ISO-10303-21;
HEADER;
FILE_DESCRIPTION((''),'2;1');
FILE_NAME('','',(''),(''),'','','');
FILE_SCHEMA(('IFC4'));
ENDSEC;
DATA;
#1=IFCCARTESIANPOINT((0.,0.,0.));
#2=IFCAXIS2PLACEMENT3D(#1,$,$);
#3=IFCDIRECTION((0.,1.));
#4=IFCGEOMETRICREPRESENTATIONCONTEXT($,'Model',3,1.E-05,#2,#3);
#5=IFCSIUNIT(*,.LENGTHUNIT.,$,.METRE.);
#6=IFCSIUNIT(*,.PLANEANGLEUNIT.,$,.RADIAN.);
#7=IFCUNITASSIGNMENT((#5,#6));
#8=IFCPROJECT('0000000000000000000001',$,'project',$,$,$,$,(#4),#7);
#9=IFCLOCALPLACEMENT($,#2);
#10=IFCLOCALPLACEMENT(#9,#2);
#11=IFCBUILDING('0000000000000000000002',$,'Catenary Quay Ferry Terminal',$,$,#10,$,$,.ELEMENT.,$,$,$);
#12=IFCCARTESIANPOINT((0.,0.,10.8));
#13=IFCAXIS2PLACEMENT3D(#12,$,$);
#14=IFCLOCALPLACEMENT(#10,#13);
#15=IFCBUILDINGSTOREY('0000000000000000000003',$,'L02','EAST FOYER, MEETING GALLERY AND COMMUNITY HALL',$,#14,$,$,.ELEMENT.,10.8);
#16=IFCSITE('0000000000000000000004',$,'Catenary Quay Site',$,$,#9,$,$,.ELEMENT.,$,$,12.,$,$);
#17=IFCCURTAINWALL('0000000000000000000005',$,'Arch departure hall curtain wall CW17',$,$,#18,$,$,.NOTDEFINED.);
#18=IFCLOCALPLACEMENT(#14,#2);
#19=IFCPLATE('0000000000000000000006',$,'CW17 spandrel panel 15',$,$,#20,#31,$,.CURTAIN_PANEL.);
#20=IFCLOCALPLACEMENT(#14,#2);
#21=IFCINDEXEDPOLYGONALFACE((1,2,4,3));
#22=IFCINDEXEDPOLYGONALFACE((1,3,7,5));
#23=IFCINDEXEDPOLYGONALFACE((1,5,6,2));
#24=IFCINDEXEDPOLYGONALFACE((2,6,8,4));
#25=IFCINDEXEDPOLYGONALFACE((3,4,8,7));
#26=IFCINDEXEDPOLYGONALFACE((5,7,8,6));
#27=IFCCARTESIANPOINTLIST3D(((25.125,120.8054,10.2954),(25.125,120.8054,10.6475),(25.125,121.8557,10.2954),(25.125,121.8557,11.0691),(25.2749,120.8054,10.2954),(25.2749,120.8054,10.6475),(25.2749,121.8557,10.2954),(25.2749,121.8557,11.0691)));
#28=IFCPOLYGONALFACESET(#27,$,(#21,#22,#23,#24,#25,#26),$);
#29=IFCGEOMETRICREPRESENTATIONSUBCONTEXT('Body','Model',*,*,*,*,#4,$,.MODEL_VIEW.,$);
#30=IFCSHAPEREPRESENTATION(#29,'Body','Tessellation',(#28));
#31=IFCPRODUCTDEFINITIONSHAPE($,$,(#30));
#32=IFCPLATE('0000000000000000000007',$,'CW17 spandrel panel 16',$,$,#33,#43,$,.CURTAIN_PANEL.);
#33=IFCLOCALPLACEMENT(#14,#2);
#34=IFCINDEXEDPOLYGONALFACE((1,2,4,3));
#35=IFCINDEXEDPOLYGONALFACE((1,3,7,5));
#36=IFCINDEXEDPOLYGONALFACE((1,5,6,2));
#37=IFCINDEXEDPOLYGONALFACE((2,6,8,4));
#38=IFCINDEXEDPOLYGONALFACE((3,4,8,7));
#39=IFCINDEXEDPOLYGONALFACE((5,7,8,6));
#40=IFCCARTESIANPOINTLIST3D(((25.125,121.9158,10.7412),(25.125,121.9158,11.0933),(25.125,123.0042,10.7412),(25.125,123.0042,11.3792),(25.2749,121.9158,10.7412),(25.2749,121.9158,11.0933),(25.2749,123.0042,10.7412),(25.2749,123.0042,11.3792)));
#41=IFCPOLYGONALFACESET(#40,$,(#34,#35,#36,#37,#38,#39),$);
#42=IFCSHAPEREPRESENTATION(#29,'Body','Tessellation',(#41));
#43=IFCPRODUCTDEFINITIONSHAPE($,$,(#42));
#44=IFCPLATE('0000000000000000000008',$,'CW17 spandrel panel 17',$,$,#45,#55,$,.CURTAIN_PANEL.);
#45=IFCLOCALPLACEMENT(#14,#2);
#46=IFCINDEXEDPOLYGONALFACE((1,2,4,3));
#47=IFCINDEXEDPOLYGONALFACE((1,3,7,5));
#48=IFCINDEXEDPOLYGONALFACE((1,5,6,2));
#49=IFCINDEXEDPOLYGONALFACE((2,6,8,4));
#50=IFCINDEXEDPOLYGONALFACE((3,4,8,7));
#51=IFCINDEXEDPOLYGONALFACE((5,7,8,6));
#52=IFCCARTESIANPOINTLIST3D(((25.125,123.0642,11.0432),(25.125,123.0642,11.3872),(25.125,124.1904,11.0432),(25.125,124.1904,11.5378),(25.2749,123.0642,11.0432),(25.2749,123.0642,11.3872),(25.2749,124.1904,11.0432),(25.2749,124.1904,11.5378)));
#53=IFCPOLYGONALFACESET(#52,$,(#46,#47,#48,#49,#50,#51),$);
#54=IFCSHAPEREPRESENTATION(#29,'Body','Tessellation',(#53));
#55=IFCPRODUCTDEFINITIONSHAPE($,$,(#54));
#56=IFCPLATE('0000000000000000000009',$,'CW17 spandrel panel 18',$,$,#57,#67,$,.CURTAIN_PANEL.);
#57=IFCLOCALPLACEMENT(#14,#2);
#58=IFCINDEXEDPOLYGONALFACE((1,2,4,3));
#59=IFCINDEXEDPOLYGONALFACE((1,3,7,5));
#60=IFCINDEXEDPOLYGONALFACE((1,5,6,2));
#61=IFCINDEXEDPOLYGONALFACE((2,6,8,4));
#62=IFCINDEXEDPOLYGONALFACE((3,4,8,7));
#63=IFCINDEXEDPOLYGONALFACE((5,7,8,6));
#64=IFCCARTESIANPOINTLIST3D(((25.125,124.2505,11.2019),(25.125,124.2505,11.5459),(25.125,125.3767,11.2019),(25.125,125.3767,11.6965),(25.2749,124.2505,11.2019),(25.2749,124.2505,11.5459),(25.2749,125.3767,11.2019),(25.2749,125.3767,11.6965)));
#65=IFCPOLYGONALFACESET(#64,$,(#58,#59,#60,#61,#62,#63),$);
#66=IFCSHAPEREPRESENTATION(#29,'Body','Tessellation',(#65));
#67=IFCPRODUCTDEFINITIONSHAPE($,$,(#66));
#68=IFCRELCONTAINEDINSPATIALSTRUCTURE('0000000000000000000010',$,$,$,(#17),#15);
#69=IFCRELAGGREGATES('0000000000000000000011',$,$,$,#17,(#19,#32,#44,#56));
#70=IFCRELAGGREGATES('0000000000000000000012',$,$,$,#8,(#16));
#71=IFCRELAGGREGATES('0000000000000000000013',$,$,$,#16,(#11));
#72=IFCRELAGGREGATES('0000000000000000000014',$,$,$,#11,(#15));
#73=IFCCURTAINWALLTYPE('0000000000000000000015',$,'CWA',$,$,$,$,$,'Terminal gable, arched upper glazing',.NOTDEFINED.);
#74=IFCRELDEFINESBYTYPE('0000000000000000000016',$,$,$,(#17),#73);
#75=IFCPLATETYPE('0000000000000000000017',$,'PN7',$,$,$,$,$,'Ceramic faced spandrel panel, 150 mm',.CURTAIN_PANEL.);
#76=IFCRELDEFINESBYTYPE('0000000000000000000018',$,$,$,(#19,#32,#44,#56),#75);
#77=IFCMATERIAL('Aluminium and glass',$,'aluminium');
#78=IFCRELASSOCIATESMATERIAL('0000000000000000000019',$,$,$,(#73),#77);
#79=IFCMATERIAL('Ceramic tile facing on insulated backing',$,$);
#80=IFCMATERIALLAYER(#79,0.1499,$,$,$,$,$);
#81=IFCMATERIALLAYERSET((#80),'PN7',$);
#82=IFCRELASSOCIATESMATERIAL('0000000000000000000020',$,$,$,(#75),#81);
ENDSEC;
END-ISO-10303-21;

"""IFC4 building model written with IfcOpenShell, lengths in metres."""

from ifc_helpers import new_model, si_unit, direction, frame, origin, place, context, subcontext, project, spatial, polyline, outline, extrude, material, layer, layer_set, type_object, element, aggregate, save


model = new_model("IFC4")

# Units and contexts
model_context = context("Model", 3, precision=1e-05, world=origin(), true_north=direction((0.0, 1.0)))
body_context = subcontext(model_context, "Body", "Model", "MODEL_VIEW")
ifc_project = project(units=[si_unit("LENGTHUNIT", "METRE"), si_unit("PLANEANGLEUNIT", "RADIAN")], contexts=[model_context])

# Site, building, storey
site_placement = place(None, origin())
site = spatial("IfcSite", under=ifc_project, at=site_placement, Name="Catenary Quay Site", CompositionType="ELEMENT", RefElevation=12.0)
building_placement = place(site_placement, origin())
building = spatial("IfcBuilding", under=site, at=building_placement, Name="Catenary Quay Ferry Terminal", CompositionType="ELEMENT")
storey_placement = place(building_placement, frame((0.0, 0.0, 10.8)))
storey = spatial("IfcBuildingStorey", under=building, at=storey_placement, Name="L02", Description="EAST FOYER, MEETING GALLERY AND COMMUNITY HALL", CompositionType="ELEMENT", Elevation=10.8)

# Curtain wall, plates
ifc_material_1 = material(Name="Aluminium and glass", Category="aluminium")
curtain_wall_type = type_object("IfcCurtainWallType", Name="CWA", ElementType="Terminal gable, arched upper glazing", PredefinedType="NOTDEFINED", material=ifc_material_1)
curtain_wall_placement = place(storey_placement, origin())
curtain_wall = element("IfcCurtainWall", 1, at=curtain_wall_placement, inside=storey, type_object=curtain_wall_type, Name="Arch departure hall curtain wall CW17", PredefinedType="NOTDEFINED")
ifc_material_2 = material(Name="Ceramic tile facing on insulated backing")
ifc_layer_1 = layer(ifc_material_2, 0.1499)
ifc_layer_set_1 = layer_set([ifc_layer_1], Name="PN7")
plate_type_1 = type_object("IfcPlateType", Name="PN7", ElementType="Ceramic faced spandrel panel, 150 mm", PredefinedType="CURTAIN_PANEL", material=ifc_layer_set_1)
plate_1_placement = place(storey_placement, frame((25.2, 120.8054, 10.2954), z_axis=(0.0, 0.0, 1.0), x_axis=(0.0, 1.0, 0.0)))
plate_1 = element("IfcPlate", 2, at=plate_1_placement, type_object=plate_type_1, Name="CW17 spandrel panel 15", PredefinedType="CURTAIN_PANEL", context=body_context, shape_type="SweptSolid", body=[
    extrude(outline(polyline([(0.0, 0.0), (1.0503, 0.0), (1.0503, 0.7737), (0.0, 0.3521), (0.0, 0.0)])), frame((0.0, 0.075, 0.0), z_axis=(0.0, -1.0, 0.0), x_axis=(1.0, 0.0, 0.0)), (0.0, 0.0, 1.0), 0.1499),
])
plate_2_placement = place(storey_placement, frame((25.2, 121.9158, 10.7412), z_axis=(0.0, 0.0, 1.0), x_axis=(0.0, 1.0, 0.0)))
plate_2 = element("IfcPlate", 3, at=plate_2_placement, type_object=plate_type_1, Name="CW17 spandrel panel 16", PredefinedType="CURTAIN_PANEL", context=body_context, shape_type="SweptSolid", body=[
    extrude(outline(polyline([(0.0, 0.0), (1.0884, 0.0), (1.0884, 0.6379), (0.0, 0.3521), (0.0, 0.0)])), frame((0.0, 0.075, 0.0), z_axis=(0.0, -1.0, 0.0), x_axis=(1.0, 0.0, 0.0)), (0.0, 0.0, 1.0), 0.1499),
])
plate_3_placement = place(storey_placement, frame((25.2, 123.0642, 11.0432), z_axis=(0.0, 0.0, 1.0), x_axis=(0.0, 1.0, 0.0)))
plate_3 = element("IfcPlate", 4, at=plate_3_placement, type_object=plate_type_1, Name="CW17 spandrel panel 17", PredefinedType="CURTAIN_PANEL", context=body_context, shape_type="SweptSolid", body=[
    extrude(outline(polyline([(0.0, 0.0), (1.1262, 0.0), (1.1262, 0.4946), (0.0, 0.344), (0.0, 0.0)])), frame((0.0, 0.075, 0.0), z_axis=(0.0, -1.0, 0.0), x_axis=(1.0, 0.0, 0.0)), (0.0, 0.0, 1.0), 0.1499),
])
plate_4_placement = place(storey_placement, frame((25.2, 124.2505, 11.2019), z_axis=(0.0, 0.0, 1.0), x_axis=(0.0, 1.0, 0.0)))
plate_4 = element("IfcPlate", 5, at=plate_4_placement, type_object=plate_type_1, Name="CW17 spandrel panel 18", PredefinedType="CURTAIN_PANEL", context=body_context, shape_type="SweptSolid", body=[
    extrude(outline(polyline([(0.0, 0.0), (1.1262, 0.0), (1.1262, 0.4946), (0.0, 0.344), (0.0, 0.0)])), frame((0.0, 0.075, 0.0), z_axis=(0.0, -1.0, 0.0), x_axis=(1.0, 0.0, 0.0)), (0.0, 0.0, 1.0), 0.1499),
])
aggregate(curtain_wall, [plate_1, plate_2, plate_3, plate_4])

save(model, "model.ifc")
